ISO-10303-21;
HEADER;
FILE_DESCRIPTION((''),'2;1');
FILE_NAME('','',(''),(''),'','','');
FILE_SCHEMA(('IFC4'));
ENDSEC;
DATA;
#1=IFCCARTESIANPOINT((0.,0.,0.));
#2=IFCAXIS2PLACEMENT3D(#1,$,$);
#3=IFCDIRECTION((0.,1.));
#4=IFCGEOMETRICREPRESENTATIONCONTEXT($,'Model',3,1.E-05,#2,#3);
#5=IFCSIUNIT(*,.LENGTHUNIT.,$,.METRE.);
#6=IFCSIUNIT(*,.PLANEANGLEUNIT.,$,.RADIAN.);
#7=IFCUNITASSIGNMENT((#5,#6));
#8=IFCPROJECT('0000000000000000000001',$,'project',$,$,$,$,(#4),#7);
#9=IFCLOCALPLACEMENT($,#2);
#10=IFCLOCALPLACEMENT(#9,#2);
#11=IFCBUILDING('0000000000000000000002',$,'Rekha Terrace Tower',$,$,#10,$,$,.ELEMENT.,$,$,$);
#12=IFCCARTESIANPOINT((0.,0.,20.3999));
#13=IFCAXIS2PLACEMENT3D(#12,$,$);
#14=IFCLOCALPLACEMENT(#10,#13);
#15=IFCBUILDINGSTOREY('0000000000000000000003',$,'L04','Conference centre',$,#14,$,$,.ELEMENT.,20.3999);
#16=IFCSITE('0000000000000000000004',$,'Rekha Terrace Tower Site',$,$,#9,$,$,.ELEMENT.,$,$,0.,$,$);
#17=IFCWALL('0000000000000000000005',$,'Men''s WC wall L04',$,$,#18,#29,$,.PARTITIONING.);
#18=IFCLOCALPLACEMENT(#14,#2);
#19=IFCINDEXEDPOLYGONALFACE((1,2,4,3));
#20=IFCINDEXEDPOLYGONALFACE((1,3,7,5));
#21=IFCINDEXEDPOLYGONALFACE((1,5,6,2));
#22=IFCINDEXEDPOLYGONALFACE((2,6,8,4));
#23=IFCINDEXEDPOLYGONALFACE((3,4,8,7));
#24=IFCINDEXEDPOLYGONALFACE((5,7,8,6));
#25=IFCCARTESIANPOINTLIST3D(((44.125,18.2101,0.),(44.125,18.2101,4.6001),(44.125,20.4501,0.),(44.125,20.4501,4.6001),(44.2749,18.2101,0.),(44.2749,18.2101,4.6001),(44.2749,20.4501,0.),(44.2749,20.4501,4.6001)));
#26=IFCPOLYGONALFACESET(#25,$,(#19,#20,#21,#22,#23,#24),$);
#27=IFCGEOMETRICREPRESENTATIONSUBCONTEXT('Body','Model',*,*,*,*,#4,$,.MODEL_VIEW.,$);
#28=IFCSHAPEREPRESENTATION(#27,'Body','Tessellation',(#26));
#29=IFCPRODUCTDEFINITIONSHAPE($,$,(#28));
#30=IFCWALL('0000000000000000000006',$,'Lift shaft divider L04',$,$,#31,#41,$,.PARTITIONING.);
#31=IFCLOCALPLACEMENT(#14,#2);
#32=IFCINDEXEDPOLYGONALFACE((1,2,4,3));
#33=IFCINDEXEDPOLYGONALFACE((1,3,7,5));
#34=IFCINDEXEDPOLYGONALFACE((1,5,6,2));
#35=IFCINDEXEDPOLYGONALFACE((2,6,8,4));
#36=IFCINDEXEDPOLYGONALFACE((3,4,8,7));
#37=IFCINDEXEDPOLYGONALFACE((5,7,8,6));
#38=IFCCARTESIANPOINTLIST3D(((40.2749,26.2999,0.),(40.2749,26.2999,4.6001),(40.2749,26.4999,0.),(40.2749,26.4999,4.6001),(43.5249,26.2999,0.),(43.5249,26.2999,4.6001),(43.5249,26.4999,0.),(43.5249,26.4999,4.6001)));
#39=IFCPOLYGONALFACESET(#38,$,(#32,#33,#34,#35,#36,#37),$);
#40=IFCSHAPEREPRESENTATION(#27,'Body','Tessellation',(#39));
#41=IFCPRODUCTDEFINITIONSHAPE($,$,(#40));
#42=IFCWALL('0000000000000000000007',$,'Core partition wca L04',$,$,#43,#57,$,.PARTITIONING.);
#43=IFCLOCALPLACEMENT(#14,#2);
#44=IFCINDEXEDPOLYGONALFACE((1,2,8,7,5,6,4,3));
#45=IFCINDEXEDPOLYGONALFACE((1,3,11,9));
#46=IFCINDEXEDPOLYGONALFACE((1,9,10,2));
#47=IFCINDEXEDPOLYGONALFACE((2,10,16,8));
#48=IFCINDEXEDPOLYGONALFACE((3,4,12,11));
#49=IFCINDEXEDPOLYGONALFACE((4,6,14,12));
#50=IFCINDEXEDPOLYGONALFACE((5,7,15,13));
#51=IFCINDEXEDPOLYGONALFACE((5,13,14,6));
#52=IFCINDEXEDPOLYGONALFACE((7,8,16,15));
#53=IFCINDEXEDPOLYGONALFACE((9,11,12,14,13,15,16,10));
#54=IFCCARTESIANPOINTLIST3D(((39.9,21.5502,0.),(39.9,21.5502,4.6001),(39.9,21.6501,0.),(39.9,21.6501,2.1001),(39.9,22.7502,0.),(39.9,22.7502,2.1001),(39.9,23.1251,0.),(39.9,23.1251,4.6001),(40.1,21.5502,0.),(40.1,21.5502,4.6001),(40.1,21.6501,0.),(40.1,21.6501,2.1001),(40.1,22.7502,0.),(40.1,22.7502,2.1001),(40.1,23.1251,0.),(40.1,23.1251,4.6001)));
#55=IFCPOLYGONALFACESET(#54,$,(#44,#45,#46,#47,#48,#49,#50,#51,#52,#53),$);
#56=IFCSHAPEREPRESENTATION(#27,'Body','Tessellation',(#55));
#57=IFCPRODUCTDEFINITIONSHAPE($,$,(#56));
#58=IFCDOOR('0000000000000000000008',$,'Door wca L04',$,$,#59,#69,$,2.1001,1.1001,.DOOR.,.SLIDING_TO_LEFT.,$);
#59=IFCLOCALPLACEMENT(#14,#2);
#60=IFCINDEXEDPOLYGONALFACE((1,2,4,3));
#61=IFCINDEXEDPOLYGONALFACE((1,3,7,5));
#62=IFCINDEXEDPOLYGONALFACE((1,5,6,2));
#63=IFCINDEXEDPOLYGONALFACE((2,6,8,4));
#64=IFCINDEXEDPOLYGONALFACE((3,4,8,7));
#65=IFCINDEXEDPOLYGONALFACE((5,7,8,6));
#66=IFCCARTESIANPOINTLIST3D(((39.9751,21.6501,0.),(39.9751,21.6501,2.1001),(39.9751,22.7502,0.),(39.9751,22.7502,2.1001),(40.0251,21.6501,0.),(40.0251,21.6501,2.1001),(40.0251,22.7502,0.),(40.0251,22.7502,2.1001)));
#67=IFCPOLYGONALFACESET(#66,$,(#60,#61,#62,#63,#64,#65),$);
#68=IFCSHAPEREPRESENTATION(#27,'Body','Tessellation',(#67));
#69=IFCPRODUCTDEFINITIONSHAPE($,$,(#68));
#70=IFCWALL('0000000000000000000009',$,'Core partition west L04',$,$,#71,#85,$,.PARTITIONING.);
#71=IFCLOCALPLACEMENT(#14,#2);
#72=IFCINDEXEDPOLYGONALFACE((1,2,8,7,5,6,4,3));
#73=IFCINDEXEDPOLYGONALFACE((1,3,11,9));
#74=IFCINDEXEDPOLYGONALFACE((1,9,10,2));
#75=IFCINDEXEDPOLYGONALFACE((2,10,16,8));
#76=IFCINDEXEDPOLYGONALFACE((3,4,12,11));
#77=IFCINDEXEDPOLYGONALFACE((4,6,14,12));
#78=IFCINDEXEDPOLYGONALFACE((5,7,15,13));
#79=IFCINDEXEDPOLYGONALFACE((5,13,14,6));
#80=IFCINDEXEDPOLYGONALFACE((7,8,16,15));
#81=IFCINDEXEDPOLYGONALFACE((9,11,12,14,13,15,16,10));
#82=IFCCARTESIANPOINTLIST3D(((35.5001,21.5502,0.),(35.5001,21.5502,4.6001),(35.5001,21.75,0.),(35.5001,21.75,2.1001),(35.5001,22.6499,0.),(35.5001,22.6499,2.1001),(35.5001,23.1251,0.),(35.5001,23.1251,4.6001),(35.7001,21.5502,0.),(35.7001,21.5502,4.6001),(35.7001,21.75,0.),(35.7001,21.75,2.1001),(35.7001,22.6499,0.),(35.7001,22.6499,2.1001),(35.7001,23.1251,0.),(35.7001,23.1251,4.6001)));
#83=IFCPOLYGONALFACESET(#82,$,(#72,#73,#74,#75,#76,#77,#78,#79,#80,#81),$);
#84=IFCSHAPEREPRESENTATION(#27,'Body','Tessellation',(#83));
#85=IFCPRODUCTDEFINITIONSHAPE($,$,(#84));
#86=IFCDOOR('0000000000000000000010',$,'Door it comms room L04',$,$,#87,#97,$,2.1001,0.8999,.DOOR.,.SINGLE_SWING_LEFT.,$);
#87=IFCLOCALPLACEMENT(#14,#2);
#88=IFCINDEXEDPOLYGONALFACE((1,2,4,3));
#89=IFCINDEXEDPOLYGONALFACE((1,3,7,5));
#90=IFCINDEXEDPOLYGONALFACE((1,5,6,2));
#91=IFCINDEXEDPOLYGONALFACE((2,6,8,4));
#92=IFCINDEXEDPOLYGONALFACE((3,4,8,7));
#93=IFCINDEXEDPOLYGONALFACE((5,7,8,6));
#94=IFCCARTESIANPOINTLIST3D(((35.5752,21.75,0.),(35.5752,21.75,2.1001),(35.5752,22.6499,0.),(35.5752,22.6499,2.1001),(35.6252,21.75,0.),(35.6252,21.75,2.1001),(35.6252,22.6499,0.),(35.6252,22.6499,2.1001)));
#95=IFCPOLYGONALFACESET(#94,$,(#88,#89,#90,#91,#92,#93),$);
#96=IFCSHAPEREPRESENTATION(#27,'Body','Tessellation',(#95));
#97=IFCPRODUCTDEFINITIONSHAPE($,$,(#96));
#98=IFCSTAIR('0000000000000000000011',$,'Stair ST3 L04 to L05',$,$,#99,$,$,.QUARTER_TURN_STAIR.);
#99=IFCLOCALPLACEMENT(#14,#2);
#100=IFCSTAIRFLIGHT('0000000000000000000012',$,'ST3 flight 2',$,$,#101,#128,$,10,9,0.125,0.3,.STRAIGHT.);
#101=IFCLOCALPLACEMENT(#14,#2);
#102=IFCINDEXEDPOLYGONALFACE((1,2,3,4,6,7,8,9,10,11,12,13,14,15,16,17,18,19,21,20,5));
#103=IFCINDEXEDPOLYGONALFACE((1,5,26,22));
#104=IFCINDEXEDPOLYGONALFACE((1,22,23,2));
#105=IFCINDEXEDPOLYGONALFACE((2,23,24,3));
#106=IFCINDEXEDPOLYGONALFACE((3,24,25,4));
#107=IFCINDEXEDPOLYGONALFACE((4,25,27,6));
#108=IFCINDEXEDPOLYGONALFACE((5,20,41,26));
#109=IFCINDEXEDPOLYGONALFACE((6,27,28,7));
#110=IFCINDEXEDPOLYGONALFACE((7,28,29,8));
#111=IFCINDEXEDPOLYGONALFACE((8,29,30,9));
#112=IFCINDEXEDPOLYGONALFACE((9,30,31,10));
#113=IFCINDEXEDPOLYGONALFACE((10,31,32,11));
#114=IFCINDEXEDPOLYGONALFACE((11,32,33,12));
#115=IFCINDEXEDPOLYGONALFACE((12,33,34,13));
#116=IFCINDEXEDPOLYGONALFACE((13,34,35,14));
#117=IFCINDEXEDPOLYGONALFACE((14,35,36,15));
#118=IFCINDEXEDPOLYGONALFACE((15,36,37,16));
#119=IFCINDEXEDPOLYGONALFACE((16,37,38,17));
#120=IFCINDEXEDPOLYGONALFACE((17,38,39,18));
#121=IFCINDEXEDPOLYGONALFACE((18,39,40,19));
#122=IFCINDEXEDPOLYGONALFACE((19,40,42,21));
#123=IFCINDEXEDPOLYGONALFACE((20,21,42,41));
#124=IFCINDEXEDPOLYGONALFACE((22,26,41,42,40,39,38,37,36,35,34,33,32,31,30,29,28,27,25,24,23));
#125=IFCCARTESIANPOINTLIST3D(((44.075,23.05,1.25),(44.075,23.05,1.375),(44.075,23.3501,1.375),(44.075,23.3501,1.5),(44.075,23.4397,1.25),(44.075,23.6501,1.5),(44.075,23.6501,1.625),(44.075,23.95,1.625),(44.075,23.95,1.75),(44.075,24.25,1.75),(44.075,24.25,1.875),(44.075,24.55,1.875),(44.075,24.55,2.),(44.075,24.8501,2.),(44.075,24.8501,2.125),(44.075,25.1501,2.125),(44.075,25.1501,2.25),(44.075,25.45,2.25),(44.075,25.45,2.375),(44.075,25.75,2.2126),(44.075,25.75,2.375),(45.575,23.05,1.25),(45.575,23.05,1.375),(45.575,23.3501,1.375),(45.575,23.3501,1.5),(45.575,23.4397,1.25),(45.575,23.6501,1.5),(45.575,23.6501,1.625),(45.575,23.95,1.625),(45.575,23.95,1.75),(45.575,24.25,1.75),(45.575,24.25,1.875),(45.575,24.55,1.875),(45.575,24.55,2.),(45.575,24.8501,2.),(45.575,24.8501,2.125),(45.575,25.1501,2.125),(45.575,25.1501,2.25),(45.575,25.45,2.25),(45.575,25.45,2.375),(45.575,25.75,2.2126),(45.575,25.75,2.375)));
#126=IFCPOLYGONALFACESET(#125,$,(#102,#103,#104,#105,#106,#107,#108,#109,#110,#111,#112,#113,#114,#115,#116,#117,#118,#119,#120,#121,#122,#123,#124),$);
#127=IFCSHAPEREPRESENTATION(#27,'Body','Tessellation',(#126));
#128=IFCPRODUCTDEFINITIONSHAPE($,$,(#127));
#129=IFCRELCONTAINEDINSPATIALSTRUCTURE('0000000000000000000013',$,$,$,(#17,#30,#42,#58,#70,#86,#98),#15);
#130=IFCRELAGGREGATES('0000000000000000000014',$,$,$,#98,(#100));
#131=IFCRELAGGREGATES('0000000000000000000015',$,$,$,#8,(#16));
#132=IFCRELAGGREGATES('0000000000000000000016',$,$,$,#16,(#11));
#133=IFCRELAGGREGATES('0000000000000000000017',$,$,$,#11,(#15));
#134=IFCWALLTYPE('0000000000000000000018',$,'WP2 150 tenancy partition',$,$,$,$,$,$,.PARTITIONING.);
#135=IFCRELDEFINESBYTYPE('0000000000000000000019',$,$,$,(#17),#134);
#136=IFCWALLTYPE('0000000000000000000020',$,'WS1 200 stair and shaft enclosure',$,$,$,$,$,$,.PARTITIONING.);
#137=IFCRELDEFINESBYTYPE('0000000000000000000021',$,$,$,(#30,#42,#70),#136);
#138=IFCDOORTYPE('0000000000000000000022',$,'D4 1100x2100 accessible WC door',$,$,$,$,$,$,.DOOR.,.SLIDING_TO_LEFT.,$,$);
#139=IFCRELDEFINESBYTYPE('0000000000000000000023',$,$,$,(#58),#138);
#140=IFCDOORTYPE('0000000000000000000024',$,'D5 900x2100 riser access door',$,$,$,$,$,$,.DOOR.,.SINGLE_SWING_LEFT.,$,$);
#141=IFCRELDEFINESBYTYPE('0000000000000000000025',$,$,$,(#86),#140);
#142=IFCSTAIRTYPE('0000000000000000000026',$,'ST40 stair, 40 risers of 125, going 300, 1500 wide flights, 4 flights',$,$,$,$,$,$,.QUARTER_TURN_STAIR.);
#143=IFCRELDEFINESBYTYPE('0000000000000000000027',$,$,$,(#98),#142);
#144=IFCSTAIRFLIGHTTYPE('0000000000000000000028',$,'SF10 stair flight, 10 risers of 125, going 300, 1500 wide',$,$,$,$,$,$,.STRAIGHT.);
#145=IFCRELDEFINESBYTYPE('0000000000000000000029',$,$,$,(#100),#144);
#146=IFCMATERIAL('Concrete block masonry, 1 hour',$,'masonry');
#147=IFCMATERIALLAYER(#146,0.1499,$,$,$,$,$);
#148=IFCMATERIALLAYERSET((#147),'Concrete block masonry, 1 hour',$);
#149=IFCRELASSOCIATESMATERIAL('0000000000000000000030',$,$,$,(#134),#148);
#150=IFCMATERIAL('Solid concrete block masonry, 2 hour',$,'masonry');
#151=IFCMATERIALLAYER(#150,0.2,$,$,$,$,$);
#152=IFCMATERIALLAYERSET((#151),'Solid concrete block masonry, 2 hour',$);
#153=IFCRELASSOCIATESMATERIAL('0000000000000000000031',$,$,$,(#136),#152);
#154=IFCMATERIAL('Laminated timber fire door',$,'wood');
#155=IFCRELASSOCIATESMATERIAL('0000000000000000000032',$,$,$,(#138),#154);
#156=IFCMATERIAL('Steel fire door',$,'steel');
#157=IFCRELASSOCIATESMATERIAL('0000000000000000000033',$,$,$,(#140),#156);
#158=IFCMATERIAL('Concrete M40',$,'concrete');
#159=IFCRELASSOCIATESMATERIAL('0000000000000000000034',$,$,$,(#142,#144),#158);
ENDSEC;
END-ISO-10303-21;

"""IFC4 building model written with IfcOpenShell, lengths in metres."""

from ifc_helpers import new_model, si_unit, direction, frame, frame_2d, origin, place, context, subcontext, project, spatial, polyline, rectangle, outline, extrude, material, layer, layer_set, type_object, element, fill, aggregate, save


model = new_model("IFC4")

# Units and contexts
model_context = context("Model", 3, precision=1e-05, world=origin(), true_north=direction((0.0, 1.0)))
body_context = subcontext(model_context, "Body", "Model", "MODEL_VIEW")
ifc_project = project(units=[si_unit("LENGTHUNIT", "METRE"), si_unit("PLANEANGLEUNIT", "RADIAN")], contexts=[model_context])

# Site, building, storey
site_placement = place(None, origin())
site = spatial("IfcSite", under=ifc_project, at=site_placement, Name="Rekha Terrace Tower Site", CompositionType="ELEMENT", RefElevation=0.0)
building_placement = place(site_placement, origin())
building = spatial("IfcBuilding", under=site, at=building_placement, Name="Rekha Terrace Tower", CompositionType="ELEMENT")
storey_placement = place(building_placement, frame((0.0, 0.0, 20.3999)))
storey = spatial("IfcBuildingStorey", under=building, at=storey_placement, Name="L04", Description="Conference centre", CompositionType="ELEMENT", Elevation=20.3999)

# Shared definitions
ifc_material_1 = material(Name="Concrete block masonry, 1 hour", Category="masonry")
ifc_layer_1 = layer(ifc_material_1, 0.1499)
ifc_layer_set_1 = layer_set([ifc_layer_1], Name="Concrete block masonry, 1 hour")
wall_type_1 = type_object("IfcWallType", Name="WP2 150 tenancy partition", PredefinedType="PARTITIONING", material=ifc_layer_set_1)

# Shared definitions
ifc_material_2 = material(Name="Laminated timber fire door", Category="wood")

# Walls
wall_1_placement = place(storey_placement, frame((44.2, 18.21, 0.0), z_axis=(0.0, 0.0, 1.0), x_axis=(0.0, 1.0, 0.0)))
element("IfcWall", 1, at=wall_1_placement, inside=storey, type_object=wall_type_1, Name="Men's WC wall L04", PredefinedType="PARTITIONING", context=body_context, shape_type="SweptSolid", body=[
    extrude(rectangle(XDim=2.24, YDim=0.1499, at=frame_2d((1.1201, 0.0))), origin(), (0.0, 0.0, 1.0), 4.6001),
])
ifc_material_3 = material(Name="Solid concrete block masonry, 2 hour", Category="masonry")
ifc_layer_2 = layer(ifc_material_3, 0.2)
ifc_layer_set_2 = layer_set([ifc_layer_2], Name="Solid concrete block masonry, 2 hour")
wall_type_2 = type_object("IfcWallType", Name="WS1 200 stair and shaft enclosure", PredefinedType="PARTITIONING", material=ifc_layer_set_2)
wall_2_placement = place(storey_placement, frame((40.2749, 26.3999, 0.0), z_axis=(0.0, 0.0, 1.0), x_axis=(1.0, 0.0, 0.0)))
element("IfcWall", 2, at=wall_2_placement, inside=storey, type_object=wall_type_2, Name="Lift shaft divider L04", PredefinedType="PARTITIONING", context=body_context, shape_type="SweptSolid", body=[
    extrude(rectangle(XDim=3.25, YDim=0.2, at=frame_2d((1.625, 0.0))), origin(), (0.0, 0.0, 1.0), 4.6001),
])

# Walls, openings, doors
wall_3_placement = place(storey_placement, frame((40.0, 21.55, 0.0), z_axis=(0.0, 0.0, 1.0), x_axis=(0.0, 1.0, 0.0)))
wall_3 = element("IfcWall", 3, at=wall_3_placement, inside=storey, type_object=wall_type_2, Name="Core partition wca L04", PredefinedType="PARTITIONING", context=body_context, shape_type="SweptSolid", body=[
    extrude(rectangle(XDim=1.575, YDim=0.2, at=frame_2d((0.7876, 0.0))), origin(), (0.0, 0.0, 1.0), 4.6001),
])
opening_1_placement = place(wall_3_placement, frame((0.1001, 0.0, 0.0)))
opening_1 = element("IfcOpeningElement", 4, at=opening_1_placement, cuts=wall_3, PredefinedType="OPENING", context=body_context, shape_type="SweptSolid", body=[
    extrude(rectangle(XDim=1.1001, YDim=2.1001, at=frame_2d((0.55, 1.05))), frame((0.0, 0.1099, 0.0), z_axis=(0.0, -1.0, 0.0), x_axis=(1.0, 0.0, 0.0)), (0.0, 0.0, 1.0), 0.22),
])
door_type_1 = type_object("IfcDoorType", Name="D4 1100x2100 accessible WC door", OperationType="SLIDING_TO_LEFT", PredefinedType="DOOR", material=ifc_material_2)
door_1_placement = place(opening_1_placement, origin())
door_1 = element("IfcDoor", 5, at=door_1_placement, inside=storey, type_object=door_type_1, Name="Door wca L04", OperationType="SLIDING_TO_LEFT", OverallHeight=2.1001, OverallWidth=1.1001, PredefinedType="DOOR", context=body_context, shape_type="SweptSolid", body=[
    extrude(rectangle(XDim=1.1001, YDim=2.1001, at=frame_2d((0.55, 1.05))), frame((0.0, 0.0249, 0.0), z_axis=(0.0, -1.0, 0.0), x_axis=(1.0, 0.0, 0.0)), (0.0, 0.0, 1.0), 0.05),
])
fill(opening_1, door_1)
wall_4_placement = place(storey_placement, frame((35.6001, 21.55, 0.0), z_axis=(0.0, 0.0, 1.0), x_axis=(0.0, 1.0, 0.0)))
wall_4 = element("IfcWall", 6, at=wall_4_placement, inside=storey, type_object=wall_type_2, Name="Core partition west L04", PredefinedType="PARTITIONING", context=body_context, shape_type="SweptSolid", body=[
    extrude(rectangle(XDim=1.575, YDim=0.2, at=frame_2d((0.7876, 0.0))), origin(), (0.0, 0.0, 1.0), 4.6001),
])
opening_2_placement = place(wall_4_placement, frame((0.2, 0.0, 0.0)))
opening_2 = element("IfcOpeningElement", 7, at=opening_2_placement, cuts=wall_4, PredefinedType="OPENING", context=body_context, shape_type="SweptSolid", body=[
    extrude(rectangle(XDim=0.8999, YDim=2.1001, at=frame_2d((0.45, 1.05))), frame((0.0, 0.1099, 0.0), z_axis=(0.0, -1.0, 0.0), x_axis=(1.0, 0.0, 0.0)), (0.0, 0.0, 1.0), 0.22),
])
ifc_material_4 = material(Name="Steel fire door", Category="steel")
door_type_2 = type_object("IfcDoorType", Name="D5 900x2100 riser access door", OperationType="SINGLE_SWING_LEFT", PredefinedType="DOOR", material=ifc_material_4)
door_2_placement = place(opening_2_placement, origin())
door_2 = element("IfcDoor", 8, at=door_2_placement, inside=storey, type_object=door_type_2, Name="Door it comms room L04", OperationType="SINGLE_SWING_LEFT", OverallHeight=2.1001, OverallWidth=0.8999, PredefinedType="DOOR", context=body_context, shape_type="SweptSolid", body=[
    extrude(rectangle(XDim=0.8999, YDim=2.1001, at=frame_2d((0.45, 1.05))), frame((0.0, 0.0249, 0.0), z_axis=(0.0, -1.0, 0.0), x_axis=(1.0, 0.0, 0.0)), (0.0, 0.0, 1.0), 0.05),
])
fill(opening_2, door_2)

# Stair, stair flight
ifc_material_5 = material(Name="Concrete M40", Category="concrete")
stair_type = type_object("IfcStairType", Name="ST40 stair, 40 risers of 125, going 300, 1500 wide flights, 4 flights", PredefinedType="QUARTER_TURN_STAIR", material=ifc_material_5)
stair_placement = place(storey_placement, origin())
stair = element("IfcStair", 9, at=stair_placement, inside=storey, type_object=stair_type, Name="Stair ST3 L04 to L05", PredefinedType="QUARTER_TURN_STAIR")
stair_flight_type = type_object("IfcStairFlightType", Name="SF10 stair flight, 10 risers of 125, going 300, 1500 wide", PredefinedType="STRAIGHT", material=ifc_material_5)
stair_flight_placement = place(storey_placement, frame((44.825, 23.05, 1.25), z_axis=(0.0, 0.0, 1.0), x_axis=(0.0, 1.0, 0.0)))
stair_flight = element("IfcStairFlight", 10, at=stair_flight_placement, type_object=stair_flight_type, Name="ST3 flight 2", NumberOfRisers=10, NumberOfTreads=9, PredefinedType="STRAIGHT", RiserHeight=0.125, TreadLength=0.3, context=body_context, shape_type="SweptSolid", body=[
    extrude(outline(polyline([(0.0, 0.0), (0.0, 0.125), (0.3, 0.125), (0.3, 0.25), (0.6001, 0.25), (0.6001, 0.375), (0.8999, 0.375), (0.8999, 0.5), (1.2, 0.5), (1.2, 0.625), (1.5, 0.625), (1.5, 0.75), (1.8, 0.75), (1.8, 0.875), (2.1001, 0.875), (2.1001, 1.0), (2.3999, 1.0), (2.3999, 1.125), (2.7, 1.125), (2.7, 1.25), (2.7, 0.9626), (0.3896, 0.0), (0.0, 0.0)])), frame((0.0, 0.75, 0.0), z_axis=(0.0, -1.0, 0.0), x_axis=(1.0, 0.0, 0.0)), (0.0, 0.0, 1.0), 1.5),
])
aggregate(stair, [stair_flight])

save(model, "model.ifc")
